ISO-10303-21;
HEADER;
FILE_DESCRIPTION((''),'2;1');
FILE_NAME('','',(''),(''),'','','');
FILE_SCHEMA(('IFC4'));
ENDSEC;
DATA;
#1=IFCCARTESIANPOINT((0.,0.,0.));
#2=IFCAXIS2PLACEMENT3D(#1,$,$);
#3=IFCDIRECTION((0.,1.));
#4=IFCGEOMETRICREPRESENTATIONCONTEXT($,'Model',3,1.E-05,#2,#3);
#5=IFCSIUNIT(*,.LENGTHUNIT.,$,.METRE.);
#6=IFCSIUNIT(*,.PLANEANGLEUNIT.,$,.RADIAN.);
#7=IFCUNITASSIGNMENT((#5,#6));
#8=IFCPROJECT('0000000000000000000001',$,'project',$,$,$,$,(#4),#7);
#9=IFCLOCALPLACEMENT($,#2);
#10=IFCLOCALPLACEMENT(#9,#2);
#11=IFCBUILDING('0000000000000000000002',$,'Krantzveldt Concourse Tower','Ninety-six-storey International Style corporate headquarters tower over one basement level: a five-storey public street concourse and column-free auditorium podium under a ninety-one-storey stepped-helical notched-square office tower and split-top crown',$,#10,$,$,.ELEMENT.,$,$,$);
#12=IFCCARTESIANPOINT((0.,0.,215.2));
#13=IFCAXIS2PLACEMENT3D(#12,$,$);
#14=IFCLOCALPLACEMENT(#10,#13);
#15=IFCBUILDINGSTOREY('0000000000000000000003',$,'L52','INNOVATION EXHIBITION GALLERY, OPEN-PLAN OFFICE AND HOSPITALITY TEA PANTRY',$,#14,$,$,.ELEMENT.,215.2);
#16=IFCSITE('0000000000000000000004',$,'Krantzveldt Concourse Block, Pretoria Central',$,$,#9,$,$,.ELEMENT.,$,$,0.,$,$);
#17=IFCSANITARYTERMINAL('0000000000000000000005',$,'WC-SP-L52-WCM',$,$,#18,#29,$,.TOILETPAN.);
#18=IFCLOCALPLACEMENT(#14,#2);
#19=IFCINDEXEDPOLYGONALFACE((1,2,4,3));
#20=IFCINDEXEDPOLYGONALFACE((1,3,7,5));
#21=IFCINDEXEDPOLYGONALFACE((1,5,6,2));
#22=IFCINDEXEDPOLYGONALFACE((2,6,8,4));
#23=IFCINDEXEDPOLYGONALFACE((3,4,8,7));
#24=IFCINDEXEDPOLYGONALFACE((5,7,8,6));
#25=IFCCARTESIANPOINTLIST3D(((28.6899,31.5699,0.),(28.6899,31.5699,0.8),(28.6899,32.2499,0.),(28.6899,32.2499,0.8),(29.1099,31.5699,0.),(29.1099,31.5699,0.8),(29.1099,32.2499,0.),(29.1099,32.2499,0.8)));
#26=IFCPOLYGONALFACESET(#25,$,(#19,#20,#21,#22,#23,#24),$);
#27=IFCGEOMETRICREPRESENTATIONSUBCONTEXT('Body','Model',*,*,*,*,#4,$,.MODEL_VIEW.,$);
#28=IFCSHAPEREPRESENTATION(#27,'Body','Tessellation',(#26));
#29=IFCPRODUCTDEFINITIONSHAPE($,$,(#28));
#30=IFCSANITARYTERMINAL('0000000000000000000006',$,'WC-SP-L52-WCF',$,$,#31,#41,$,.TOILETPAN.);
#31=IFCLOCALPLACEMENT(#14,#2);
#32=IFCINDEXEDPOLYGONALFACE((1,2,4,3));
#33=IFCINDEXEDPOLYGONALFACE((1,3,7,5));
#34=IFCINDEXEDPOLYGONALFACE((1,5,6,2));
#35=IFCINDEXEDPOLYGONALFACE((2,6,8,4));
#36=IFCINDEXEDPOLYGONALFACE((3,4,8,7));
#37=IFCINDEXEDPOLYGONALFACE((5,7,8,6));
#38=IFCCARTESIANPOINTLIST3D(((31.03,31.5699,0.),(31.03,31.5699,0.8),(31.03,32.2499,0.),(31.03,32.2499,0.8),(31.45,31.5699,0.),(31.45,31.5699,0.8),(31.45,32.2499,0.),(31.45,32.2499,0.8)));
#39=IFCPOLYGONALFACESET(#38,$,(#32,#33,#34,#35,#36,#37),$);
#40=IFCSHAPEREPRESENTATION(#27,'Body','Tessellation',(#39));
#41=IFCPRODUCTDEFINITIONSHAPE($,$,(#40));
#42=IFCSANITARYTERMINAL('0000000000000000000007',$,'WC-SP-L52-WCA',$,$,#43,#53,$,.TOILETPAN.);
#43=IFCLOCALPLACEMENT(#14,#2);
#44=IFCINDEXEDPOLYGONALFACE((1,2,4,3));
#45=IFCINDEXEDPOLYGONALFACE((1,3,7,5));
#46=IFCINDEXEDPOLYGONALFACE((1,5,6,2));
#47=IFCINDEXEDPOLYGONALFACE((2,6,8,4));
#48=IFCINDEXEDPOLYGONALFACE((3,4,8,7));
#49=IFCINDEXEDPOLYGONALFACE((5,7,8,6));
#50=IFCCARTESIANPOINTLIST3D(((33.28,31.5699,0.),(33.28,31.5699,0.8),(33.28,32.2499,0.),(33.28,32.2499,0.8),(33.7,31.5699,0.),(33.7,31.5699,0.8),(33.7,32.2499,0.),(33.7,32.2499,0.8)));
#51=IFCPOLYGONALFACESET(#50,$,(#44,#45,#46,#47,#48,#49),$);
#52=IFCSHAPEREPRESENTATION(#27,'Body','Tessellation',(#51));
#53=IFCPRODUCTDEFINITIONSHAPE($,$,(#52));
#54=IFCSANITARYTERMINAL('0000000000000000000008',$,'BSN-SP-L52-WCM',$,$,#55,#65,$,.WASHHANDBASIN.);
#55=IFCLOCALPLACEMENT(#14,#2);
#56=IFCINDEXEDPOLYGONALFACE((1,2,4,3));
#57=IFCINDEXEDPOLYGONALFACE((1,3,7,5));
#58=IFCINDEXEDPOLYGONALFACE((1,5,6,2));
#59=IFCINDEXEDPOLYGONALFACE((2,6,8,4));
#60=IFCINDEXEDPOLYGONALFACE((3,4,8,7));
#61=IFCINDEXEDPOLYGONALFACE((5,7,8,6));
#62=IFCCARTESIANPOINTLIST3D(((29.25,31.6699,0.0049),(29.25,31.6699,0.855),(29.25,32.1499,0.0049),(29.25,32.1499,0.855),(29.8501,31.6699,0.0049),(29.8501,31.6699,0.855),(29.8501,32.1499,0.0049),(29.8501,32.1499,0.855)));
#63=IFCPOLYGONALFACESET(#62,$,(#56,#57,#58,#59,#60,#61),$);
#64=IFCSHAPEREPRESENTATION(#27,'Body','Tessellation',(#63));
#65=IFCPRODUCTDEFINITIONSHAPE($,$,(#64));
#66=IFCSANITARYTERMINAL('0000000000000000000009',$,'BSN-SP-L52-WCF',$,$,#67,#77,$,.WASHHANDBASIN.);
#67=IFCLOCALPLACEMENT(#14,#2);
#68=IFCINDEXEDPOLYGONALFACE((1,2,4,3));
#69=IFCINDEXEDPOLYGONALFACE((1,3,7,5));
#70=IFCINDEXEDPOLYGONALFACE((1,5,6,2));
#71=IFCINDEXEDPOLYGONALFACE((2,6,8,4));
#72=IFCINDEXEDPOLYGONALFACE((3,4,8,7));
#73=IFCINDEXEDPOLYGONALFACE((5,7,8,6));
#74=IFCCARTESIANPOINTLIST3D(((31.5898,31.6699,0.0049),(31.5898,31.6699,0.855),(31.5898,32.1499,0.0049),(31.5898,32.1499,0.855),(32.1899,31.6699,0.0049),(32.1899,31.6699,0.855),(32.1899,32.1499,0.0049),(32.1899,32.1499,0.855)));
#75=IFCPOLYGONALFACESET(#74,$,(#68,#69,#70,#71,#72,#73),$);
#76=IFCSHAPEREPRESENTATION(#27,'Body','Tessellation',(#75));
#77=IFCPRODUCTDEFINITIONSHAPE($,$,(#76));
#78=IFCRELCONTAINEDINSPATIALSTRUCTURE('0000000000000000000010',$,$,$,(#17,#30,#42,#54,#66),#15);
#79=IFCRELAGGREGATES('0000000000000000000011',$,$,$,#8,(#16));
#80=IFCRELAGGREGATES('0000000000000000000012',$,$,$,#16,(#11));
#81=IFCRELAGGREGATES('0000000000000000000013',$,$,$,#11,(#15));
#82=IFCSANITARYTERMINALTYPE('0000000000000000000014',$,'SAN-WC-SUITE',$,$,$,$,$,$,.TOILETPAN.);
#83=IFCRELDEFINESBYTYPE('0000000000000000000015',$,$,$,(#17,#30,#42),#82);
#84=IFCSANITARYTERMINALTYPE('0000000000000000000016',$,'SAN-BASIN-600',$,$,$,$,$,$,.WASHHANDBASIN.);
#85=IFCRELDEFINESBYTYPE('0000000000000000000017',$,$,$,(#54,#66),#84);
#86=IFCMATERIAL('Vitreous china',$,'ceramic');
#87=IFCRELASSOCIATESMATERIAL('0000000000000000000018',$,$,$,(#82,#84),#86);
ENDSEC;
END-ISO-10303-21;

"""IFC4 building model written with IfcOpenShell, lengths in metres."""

from ifc_helpers import new_model, si_unit, direction, frame, origin, origin_2d, place, context, subcontext, project, spatial, rectangle, extrude, source, transform, mapped, material, type_object, type_shapes, element, save


model = new_model("IFC4")

# Units and contexts
model_context = context("Model", 3, precision=1e-05, world=origin(), true_north=direction((0.0, 1.0)))
body_context = subcontext(model_context, "Body", "Model", "MODEL_VIEW")
ifc_project = project(units=[si_unit("LENGTHUNIT", "METRE"), si_unit("PLANEANGLEUNIT", "RADIAN")], contexts=[model_context])

# Site, building, storey
site_placement = place(None, origin())
site = spatial("IfcSite", under=ifc_project, at=site_placement, Name="Krantzveldt Concourse Block, Pretoria Central", CompositionType="ELEMENT", RefElevation=0.0)
building_placement = place(site_placement, origin())
building = spatial("IfcBuilding", under=site, at=building_placement, Name="Krantzveldt Concourse Tower", Description="Ninety-six-storey International Style corporate headquarters tower over one basement level: a five-storey public street concourse and column-free auditorium podium under a ninety-one-storey stepped-helical notched-square office tower and split-top crown", CompositionType="ELEMENT")
storey_placement = place(building_placement, frame((0.0, 0.0, 215.2)))
storey = spatial("IfcBuildingStorey", under=building, at=storey_placement, Name="L52", Description="INNOVATION EXHIBITION GALLERY, OPEN-PLAN OFFICE AND HOSPITALITY TEA PANTRY", CompositionType="ELEMENT", Elevation=215.2)

# Sanitary terminals
ifc_material_1 = material(Name="Vitreous china", Category="ceramic")
sanitary_terminal_type_1 = type_object("IfcSanitaryTerminalType", Name="SAN-WC-SUITE", PredefinedType="TOILETPAN", material=ifc_material_1)
shared_shape_1 = source(origin(), body_context, "Body", "SweptSolid", [
    extrude(rectangle(XDim=0.4199, YDim=0.6799, at=origin_2d()), origin(), (0.0, 0.0, 1.0), 0.8),
])
type_shapes(sanitary_terminal_type_1, [shared_shape_1])
for number, where, z_axis, x_axis, name in (
    (1, (28.8999, 31.9099, 0.0), (0.0, 0.0, 1.0), (1.0, 0.0, 0.0), "WC-SP-L52-WCM"),
    (2, (31.24, 31.9099, 0.0), (0.0, 0.0, 1.0), (1.0, 0.0, 0.0), "WC-SP-L52-WCF"),
    (3, (33.49, 31.9099, 0.0), (0.0, 0.0, 1.0), (1.0, 0.0, 0.0), "WC-SP-L52-WCA"),
):
    element("IfcSanitaryTerminal", number, at=place(storey_placement, frame(where, z_axis=z_axis, x_axis=x_axis)), inside=storey, type_object=sanitary_terminal_type_1, Name=name, PredefinedType="TOILETPAN", context=body_context, shape_type="MappedRepresentation", body=[
        mapped(shared_shape_1, transform((0.0, 0.0, 0.0), x_axis=(1.0, 0.0, 0.0), y_axis=(0.0, 1.0, 0.0), z_axis=(0.0, 0.0, 1.0), scale=1.0)),
    ])
sanitary_terminal_type_2 = type_object("IfcSanitaryTerminalType", Name="SAN-BASIN-600", PredefinedType="WASHHANDBASIN", material=ifc_material_1)
shared_shape_2 = source(origin(), body_context, "Body", "SweptSolid", [
    extrude(rectangle(XDim=0.6001, YDim=0.48, at=origin_2d()), origin(), (0.0, 0.0, 1.0), 0.8501),
])
type_shapes(sanitary_terminal_type_2, [shared_shape_2])
for number, where, z_axis, x_axis, name in (
    (4, (29.55, 31.9099, 0.0049), (0.0, 0.0, 1.0), (1.0, 0.0, 0.0), "BSN-SP-L52-WCM"),
    (5, (31.8899, 31.9099, 0.0049), (0.0, 0.0, 1.0), (1.0, 0.0, 0.0), "BSN-SP-L52-WCF"),
):
    element("IfcSanitaryTerminal", number, at=place(storey_placement, frame(where, z_axis=z_axis, x_axis=x_axis)), inside=storey, type_object=sanitary_terminal_type_2, Name=name, PredefinedType="WASHHANDBASIN", context=body_context, shape_type="MappedRepresentation", body=[
        mapped(shared_shape_2, transform((0.0, 0.0, 0.0), x_axis=(1.0, 0.0, 0.0), y_axis=(0.0, 1.0, 0.0), z_axis=(0.0, 0.0, 1.0), scale=1.0)),
    ])

save(model, "model.ifc")
